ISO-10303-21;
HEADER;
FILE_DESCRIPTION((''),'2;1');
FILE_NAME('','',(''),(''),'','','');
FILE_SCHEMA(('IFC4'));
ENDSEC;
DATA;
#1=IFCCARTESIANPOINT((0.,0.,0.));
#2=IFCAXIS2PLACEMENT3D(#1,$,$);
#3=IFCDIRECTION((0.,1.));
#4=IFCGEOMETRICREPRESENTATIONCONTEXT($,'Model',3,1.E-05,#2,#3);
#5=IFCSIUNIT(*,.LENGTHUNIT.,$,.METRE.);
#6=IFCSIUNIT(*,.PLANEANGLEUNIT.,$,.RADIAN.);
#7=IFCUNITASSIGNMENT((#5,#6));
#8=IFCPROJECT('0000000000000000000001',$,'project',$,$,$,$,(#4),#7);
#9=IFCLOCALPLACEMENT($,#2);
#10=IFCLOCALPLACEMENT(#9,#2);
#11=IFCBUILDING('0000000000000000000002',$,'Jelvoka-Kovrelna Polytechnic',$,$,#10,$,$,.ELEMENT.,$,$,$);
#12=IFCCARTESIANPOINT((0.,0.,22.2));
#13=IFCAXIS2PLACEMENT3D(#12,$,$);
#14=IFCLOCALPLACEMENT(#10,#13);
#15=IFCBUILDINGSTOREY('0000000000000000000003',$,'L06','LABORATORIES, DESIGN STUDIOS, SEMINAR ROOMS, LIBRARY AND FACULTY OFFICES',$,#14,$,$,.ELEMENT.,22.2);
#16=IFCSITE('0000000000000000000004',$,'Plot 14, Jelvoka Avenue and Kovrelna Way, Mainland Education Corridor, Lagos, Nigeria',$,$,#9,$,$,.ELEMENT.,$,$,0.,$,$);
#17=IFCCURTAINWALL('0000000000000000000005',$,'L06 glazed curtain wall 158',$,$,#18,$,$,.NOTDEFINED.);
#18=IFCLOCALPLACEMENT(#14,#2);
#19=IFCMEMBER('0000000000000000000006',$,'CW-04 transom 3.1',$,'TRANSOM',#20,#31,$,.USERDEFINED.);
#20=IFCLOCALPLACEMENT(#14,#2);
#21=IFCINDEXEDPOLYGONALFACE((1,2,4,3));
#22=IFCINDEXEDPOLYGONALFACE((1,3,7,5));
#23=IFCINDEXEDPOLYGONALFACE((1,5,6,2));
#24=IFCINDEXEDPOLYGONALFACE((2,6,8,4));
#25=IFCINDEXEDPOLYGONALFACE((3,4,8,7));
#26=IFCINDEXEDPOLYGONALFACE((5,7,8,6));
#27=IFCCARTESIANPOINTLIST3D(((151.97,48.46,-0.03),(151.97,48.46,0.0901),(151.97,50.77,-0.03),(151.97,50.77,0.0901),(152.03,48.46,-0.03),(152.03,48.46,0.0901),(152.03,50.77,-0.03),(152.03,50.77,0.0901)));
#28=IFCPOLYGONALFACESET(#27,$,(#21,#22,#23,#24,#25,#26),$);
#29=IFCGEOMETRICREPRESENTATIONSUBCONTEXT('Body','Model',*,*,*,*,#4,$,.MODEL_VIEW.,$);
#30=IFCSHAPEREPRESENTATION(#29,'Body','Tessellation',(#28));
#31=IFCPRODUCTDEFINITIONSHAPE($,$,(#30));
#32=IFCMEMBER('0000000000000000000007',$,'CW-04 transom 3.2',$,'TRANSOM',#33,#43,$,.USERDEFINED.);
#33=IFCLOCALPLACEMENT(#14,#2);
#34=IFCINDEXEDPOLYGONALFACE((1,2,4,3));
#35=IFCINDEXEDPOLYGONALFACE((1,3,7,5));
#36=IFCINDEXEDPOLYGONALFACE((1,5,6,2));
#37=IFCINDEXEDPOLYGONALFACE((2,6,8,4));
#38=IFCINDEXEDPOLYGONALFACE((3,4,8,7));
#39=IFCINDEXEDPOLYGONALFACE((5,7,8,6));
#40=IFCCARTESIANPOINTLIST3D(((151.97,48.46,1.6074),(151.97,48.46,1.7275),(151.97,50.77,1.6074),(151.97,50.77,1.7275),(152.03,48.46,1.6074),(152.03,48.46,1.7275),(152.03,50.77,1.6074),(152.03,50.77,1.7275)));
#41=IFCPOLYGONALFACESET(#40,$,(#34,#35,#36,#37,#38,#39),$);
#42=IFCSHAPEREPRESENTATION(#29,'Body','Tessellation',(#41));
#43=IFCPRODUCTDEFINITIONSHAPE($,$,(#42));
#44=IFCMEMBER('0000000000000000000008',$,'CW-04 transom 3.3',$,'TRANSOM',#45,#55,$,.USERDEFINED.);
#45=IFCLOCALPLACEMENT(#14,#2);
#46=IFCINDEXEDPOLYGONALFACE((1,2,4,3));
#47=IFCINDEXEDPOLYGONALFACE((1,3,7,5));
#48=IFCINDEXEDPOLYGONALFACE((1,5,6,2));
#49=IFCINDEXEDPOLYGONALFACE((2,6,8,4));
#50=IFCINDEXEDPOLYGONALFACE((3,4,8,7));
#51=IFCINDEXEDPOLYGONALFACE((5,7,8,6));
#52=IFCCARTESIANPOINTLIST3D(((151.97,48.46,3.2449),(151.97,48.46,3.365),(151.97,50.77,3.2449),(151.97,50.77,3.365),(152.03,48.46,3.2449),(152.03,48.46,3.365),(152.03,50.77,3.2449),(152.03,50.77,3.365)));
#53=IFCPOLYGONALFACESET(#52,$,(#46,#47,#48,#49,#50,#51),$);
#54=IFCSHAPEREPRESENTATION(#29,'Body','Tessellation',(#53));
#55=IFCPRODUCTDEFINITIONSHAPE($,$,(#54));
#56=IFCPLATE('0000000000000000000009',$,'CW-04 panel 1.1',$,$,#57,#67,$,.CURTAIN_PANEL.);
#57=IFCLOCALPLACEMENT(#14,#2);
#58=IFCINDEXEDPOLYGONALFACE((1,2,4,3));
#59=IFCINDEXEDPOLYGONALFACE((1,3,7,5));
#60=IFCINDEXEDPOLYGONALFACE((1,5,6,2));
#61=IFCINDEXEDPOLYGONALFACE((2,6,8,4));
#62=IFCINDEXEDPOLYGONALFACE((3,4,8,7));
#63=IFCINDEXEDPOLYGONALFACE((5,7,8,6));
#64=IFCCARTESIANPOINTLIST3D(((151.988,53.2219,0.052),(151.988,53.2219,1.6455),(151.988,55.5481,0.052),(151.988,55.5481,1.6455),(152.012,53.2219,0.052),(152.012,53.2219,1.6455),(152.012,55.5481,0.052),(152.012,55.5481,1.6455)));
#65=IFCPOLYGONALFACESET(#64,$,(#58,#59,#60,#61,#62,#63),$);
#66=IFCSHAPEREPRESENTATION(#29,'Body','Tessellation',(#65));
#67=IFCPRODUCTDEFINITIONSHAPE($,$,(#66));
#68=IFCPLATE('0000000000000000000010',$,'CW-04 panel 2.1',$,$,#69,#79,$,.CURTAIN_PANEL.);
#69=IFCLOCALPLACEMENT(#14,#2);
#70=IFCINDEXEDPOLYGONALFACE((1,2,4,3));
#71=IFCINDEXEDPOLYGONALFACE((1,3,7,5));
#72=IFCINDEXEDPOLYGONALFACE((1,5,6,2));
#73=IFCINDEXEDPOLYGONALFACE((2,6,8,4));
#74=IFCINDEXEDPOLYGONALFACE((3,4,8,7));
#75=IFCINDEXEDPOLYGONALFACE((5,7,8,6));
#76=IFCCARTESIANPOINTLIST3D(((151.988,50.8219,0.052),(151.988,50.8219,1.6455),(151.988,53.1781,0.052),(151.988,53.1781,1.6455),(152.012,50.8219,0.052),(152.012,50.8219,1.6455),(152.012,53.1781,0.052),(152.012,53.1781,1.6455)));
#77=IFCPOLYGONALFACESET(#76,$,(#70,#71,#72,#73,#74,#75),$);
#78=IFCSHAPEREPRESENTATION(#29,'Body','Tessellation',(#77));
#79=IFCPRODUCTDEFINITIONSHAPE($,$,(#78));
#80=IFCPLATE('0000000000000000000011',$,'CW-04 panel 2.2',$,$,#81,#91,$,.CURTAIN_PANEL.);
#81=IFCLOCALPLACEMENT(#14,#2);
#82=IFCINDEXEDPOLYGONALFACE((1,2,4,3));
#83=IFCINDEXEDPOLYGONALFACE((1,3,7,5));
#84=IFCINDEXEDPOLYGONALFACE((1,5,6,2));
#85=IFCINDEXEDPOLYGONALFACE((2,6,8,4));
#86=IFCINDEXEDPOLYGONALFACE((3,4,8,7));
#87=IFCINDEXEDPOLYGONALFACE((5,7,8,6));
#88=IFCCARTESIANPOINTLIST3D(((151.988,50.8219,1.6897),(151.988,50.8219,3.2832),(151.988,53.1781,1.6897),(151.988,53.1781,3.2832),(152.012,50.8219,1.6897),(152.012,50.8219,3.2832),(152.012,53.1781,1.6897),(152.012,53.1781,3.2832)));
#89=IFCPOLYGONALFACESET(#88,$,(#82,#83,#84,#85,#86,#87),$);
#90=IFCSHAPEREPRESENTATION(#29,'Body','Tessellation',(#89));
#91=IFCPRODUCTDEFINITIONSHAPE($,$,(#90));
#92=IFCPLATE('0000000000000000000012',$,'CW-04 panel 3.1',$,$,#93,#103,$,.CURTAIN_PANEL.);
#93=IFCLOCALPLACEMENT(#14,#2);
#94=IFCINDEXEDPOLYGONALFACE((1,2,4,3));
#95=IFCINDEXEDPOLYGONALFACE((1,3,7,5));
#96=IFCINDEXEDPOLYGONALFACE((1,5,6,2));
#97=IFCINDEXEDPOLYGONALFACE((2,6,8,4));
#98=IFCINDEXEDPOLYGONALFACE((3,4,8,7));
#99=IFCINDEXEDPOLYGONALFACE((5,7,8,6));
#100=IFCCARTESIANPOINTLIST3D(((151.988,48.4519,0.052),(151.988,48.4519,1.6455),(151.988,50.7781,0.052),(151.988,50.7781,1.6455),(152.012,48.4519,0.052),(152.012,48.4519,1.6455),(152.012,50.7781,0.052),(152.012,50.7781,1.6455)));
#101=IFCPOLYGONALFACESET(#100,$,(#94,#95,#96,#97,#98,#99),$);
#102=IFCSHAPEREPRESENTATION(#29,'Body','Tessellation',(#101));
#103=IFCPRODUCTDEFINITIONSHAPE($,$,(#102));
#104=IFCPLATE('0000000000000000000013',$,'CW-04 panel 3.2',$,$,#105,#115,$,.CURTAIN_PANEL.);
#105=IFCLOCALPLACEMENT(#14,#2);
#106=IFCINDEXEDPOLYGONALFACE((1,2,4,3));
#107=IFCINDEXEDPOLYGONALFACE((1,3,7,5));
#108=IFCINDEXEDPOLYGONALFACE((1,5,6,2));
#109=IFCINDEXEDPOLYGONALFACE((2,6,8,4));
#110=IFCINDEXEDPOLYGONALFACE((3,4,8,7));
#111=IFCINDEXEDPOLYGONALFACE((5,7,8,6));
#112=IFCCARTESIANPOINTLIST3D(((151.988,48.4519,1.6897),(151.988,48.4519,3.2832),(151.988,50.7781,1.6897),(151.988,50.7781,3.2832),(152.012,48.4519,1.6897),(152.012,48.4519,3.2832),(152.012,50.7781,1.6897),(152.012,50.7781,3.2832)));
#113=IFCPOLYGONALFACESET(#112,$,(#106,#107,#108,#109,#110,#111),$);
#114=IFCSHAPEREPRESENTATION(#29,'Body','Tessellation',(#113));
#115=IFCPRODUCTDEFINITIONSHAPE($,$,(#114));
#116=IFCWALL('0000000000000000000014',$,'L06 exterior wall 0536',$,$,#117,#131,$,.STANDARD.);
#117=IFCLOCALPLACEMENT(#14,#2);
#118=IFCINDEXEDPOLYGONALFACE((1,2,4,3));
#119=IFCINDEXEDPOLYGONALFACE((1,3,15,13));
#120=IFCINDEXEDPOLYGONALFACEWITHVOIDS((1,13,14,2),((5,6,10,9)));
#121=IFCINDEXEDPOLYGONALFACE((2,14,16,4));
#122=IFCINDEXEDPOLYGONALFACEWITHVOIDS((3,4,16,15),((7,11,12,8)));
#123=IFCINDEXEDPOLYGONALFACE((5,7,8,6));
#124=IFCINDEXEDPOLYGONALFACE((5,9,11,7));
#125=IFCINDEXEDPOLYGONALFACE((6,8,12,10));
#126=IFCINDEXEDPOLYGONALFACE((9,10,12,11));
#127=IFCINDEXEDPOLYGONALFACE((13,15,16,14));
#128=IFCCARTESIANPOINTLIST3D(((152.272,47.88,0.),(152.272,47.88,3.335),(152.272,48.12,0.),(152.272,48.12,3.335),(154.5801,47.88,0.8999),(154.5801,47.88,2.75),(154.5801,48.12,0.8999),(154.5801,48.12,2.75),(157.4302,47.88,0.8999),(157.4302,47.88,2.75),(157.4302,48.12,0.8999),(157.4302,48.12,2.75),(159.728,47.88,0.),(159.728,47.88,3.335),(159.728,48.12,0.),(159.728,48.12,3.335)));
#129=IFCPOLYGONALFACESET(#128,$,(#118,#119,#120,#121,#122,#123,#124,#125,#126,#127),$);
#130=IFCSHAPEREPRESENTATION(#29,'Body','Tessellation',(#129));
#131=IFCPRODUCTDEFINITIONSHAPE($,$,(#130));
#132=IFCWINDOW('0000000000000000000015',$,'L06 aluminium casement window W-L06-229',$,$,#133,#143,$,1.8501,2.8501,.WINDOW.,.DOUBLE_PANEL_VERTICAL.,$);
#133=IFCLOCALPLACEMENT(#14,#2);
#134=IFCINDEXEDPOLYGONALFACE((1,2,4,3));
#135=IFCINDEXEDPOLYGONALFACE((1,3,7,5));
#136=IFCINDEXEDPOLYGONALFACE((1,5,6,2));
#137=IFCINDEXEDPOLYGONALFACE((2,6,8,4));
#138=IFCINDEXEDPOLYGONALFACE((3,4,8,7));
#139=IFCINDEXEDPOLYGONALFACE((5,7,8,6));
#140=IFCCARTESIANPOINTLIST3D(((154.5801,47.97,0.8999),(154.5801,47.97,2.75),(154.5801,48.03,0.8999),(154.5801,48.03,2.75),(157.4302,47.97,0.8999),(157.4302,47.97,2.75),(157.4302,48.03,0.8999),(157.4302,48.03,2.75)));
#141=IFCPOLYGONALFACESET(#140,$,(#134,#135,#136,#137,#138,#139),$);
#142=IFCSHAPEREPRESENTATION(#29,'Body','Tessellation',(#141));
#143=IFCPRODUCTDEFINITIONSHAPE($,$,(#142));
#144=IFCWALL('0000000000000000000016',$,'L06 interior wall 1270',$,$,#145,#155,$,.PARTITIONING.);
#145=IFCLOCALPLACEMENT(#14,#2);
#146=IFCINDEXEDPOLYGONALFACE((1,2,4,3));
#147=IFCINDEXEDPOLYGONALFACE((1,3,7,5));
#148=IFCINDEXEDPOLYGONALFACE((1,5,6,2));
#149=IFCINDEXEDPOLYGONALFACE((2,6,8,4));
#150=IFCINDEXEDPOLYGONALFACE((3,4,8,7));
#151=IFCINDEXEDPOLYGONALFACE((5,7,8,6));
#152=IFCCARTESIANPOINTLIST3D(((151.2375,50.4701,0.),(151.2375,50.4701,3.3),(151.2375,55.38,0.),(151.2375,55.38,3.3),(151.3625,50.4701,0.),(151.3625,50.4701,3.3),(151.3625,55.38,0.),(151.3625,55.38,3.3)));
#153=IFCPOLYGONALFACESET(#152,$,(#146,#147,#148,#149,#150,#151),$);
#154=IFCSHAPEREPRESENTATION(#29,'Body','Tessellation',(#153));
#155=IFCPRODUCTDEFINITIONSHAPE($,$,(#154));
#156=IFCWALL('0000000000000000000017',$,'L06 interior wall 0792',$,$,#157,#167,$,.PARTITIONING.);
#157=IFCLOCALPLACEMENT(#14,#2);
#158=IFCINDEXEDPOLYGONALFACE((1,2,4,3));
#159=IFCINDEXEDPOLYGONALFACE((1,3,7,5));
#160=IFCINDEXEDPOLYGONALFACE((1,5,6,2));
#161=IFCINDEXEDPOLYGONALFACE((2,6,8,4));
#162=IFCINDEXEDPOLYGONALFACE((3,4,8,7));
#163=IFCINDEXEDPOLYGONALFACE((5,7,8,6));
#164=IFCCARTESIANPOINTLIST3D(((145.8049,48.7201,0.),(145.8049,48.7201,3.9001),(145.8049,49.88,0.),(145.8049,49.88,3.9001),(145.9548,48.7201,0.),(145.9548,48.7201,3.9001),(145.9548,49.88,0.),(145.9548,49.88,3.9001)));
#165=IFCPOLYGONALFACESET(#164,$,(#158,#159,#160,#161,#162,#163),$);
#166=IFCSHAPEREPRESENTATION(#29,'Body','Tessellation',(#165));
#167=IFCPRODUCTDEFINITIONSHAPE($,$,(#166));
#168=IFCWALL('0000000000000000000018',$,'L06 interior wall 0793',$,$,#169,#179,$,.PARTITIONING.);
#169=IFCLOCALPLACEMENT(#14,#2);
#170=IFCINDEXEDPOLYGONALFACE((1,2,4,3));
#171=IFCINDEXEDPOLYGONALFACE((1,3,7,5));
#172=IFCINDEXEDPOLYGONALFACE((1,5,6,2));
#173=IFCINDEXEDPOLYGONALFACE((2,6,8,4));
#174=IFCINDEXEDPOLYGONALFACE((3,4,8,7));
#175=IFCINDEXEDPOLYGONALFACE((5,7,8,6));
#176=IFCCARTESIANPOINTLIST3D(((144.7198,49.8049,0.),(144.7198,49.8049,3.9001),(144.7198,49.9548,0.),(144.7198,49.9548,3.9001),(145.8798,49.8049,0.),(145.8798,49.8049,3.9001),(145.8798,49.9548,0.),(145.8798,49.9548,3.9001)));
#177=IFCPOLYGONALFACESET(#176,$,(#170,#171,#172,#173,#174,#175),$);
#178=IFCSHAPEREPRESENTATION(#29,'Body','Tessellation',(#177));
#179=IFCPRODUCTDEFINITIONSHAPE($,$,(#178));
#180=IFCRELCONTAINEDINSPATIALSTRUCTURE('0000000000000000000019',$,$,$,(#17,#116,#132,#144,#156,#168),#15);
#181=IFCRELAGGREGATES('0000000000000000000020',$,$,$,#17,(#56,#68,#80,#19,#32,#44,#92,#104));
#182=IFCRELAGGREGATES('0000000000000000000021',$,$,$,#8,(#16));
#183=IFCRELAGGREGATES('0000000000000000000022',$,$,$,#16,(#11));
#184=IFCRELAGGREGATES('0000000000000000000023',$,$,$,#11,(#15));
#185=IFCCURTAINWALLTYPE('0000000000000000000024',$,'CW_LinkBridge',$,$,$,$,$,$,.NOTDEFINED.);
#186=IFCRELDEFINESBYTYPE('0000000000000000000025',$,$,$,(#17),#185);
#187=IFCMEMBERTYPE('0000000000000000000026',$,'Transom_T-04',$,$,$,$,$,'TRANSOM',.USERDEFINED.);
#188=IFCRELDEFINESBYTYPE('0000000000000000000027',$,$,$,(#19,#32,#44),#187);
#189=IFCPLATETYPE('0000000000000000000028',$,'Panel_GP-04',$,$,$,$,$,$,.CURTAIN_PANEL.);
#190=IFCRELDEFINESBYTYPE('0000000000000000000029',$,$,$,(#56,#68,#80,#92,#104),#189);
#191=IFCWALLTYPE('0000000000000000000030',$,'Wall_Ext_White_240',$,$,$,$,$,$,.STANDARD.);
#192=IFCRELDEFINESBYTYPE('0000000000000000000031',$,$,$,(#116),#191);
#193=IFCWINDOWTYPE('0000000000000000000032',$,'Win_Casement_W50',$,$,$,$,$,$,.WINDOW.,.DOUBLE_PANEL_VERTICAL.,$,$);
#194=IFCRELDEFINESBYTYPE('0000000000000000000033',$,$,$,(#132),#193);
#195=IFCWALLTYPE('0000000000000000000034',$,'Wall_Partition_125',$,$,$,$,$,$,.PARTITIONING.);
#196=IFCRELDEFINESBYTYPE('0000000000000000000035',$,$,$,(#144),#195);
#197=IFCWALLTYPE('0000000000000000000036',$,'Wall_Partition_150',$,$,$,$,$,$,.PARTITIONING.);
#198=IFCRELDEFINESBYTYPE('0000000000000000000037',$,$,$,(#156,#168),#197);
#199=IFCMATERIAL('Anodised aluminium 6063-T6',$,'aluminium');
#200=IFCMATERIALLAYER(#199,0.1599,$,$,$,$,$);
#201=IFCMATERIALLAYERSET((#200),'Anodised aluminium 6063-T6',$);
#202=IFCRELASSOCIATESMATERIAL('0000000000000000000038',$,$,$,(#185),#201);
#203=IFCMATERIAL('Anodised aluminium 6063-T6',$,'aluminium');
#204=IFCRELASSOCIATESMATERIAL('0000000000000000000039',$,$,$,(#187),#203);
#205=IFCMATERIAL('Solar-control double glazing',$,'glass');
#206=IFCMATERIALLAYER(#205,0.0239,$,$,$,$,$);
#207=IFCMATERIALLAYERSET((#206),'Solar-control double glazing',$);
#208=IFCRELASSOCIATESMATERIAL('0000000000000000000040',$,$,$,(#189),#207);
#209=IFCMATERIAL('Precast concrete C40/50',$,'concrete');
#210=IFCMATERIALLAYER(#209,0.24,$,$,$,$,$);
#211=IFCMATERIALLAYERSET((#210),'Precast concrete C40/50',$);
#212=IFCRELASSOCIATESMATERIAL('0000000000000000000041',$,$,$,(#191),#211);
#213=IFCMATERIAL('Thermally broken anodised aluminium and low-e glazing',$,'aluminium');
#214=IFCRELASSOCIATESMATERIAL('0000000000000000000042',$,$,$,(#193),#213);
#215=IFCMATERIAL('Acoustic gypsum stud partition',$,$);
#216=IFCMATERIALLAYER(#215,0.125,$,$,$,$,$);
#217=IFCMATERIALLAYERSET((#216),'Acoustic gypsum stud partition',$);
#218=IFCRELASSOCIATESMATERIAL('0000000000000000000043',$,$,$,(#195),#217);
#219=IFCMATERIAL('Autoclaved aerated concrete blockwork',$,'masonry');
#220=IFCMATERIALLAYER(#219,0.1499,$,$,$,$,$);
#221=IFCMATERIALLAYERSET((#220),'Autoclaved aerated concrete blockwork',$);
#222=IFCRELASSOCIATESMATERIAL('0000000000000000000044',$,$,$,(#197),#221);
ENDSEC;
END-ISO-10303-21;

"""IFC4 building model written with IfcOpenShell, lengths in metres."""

from ifc_helpers import new_model, si_unit, direction, frame, frame_2d, origin, origin_2d, place, context, subcontext, project, spatial, rectangle, extrude, material, layer, layer_set, material_profile, profile_set, type_object, element, fill, aggregate, save


model = new_model("IFC4")

# Units and contexts
model_context = context("Model", 3, precision=1e-05, world=origin(), true_north=direction((0.0, 1.0)))
body_context = subcontext(model_context, "Body", "Model", "MODEL_VIEW")
ifc_project = project(units=[si_unit("LENGTHUNIT", "METRE"), si_unit("PLANEANGLEUNIT", "RADIAN")], contexts=[model_context])

# Site, building, storey
site_placement = place(None, origin())
site = spatial("IfcSite", under=ifc_project, at=site_placement, Name="Plot 14, Jelvoka Avenue and Kovrelna Way, Mainland Education Corridor, Lagos, Nigeria", CompositionType="ELEMENT", RefElevation=0.0)
building_placement = place(site_placement, origin())
building = spatial("IfcBuilding", under=site, at=building_placement, Name="Jelvoka-Kovrelna Polytechnic", CompositionType="ELEMENT")
storey_placement = place(building_placement, frame((0.0, 0.0, 22.2)))
storey = spatial("IfcBuildingStorey", under=building, at=storey_placement, Name="L06", Description="LABORATORIES, DESIGN STUDIOS, SEMINAR ROOMS, LIBRARY AND FACULTY OFFICES", CompositionType="ELEMENT", Elevation=22.2)

# Curtain wall
ifc_material_1 = material(Name="Anodised aluminium 6063-T6", Category="aluminium")
ifc_layer_1 = layer(ifc_material_1, 0.1599)
ifc_layer_set_1 = layer_set([ifc_layer_1], Name="Anodised aluminium 6063-T6")
curtain_wall_type = type_object("IfcCurtainWallType", Name="CW_LinkBridge", PredefinedType="NOTDEFINED", material=ifc_layer_set_1)
curtain_wall_placement = place(storey_placement, origin())
curtain_wall = element("IfcCurtainWall", 1, at=curtain_wall_placement, inside=storey, type_object=curtain_wall_type, Name="L06 glazed curtain wall 158", PredefinedType="NOTDEFINED")

# Members
ifc_material_2 = material(Name="Anodised aluminium 6063-T6", Category="aluminium")
ifc_material_profile_1 = material_profile(ifc_material_2, rectangle(XDim=0.0601, YDim=0.1201, at=origin_2d()), Name="ALU 60x120")
ifc_profile_set_1 = profile_set([ifc_material_profile_1], Name="Anodised aluminium 6063-T6")
member_type_1 = type_object("IfcMemberType", Name="Transom_T-04", ElementType="TRANSOM", PredefinedType="USERDEFINED", material=ifc_profile_set_1)
member_1_placement = place(storey_placement, frame((152.0, 50.77, 0.03), z_axis=(0.0, -1.0, 0.0), x_axis=(1.0, 0.0, 0.0)))
member_1 = element("IfcMember", 2, at=member_1_placement, type_object=member_type_1, Name="CW-04 transom 3.1", ObjectType="TRANSOM", PredefinedType="USERDEFINED", context=body_context, shape_type="SweptSolid", body=[
    extrude(rectangle(XDim=0.0601, YDim=0.1201, at=origin_2d()), origin(), (0.0, 0.0, 1.0), 2.3101),
])
member_2_placement = place(storey_placement, frame((152.0, 50.77, 1.6675), z_axis=(0.0, -1.0, 0.0), x_axis=(1.0, 0.0, 0.0)))
member_2 = element("IfcMember", 3, at=member_2_placement, type_object=member_type_1, Name="CW-04 transom 3.2", ObjectType="TRANSOM", PredefinedType="USERDEFINED", context=body_context, shape_type="SweptSolid", body=[
    extrude(rectangle(XDim=0.0601, YDim=0.1201, at=origin_2d()), origin(), (0.0, 0.0, 1.0), 2.3101),
])
member_3_placement = place(storey_placement, frame((152.0, 50.77, 3.3049), z_axis=(0.0, -1.0, 0.0), x_axis=(1.0, 0.0, 0.0)))
member_3 = element("IfcMember", 4, at=member_3_placement, type_object=member_type_1, Name="CW-04 transom 3.3", ObjectType="TRANSOM", PredefinedType="USERDEFINED", context=body_context, shape_type="SweptSolid", body=[
    extrude(rectangle(XDim=0.0601, YDim=0.1201, at=origin_2d()), origin(), (0.0, 0.0, 1.0), 2.3101),
])

# Plates
ifc_material_3 = material(Name="Solar-control double glazing", Category="glass")
ifc_layer_2 = layer(ifc_material_3, 0.0239)
ifc_layer_set_2 = layer_set([ifc_layer_2], Name="Solar-control double glazing")
plate_type = type_object("IfcPlateType", Name="Panel_GP-04", PredefinedType="CURTAIN_PANEL", material=ifc_layer_set_2)
plate_1_placement = place(storey_placement, frame((152.0, 54.385, 0.052), z_axis=(0.0, 0.0, 1.0), x_axis=(0.0, -1.0, 0.0)))
plate_1 = element("IfcPlate", 5, at=plate_1_placement, type_object=plate_type, Name="CW-04 panel 1.1", PredefinedType="CURTAIN_PANEL", context=body_context, shape_type="SweptSolid", body=[
    extrude(rectangle(XDim=2.3262, YDim=0.0239, at=origin_2d()), origin(), (0.0, 0.0, 1.0), 1.5935),
])
plate_2_placement = place(storey_placement, frame((152.0, 52.0, 0.052), z_axis=(0.0, 0.0, 1.0), x_axis=(0.0, -1.0, 0.0)))
plate_2 = element("IfcPlate", 6, at=plate_2_placement, type_object=plate_type, Name="CW-04 panel 2.1", PredefinedType="CURTAIN_PANEL", context=body_context, shape_type="SweptSolid", body=[
    extrude(rectangle(XDim=2.3562, YDim=0.0239, at=origin_2d()), origin(), (0.0, 0.0, 1.0), 1.5935),
])
plate_3_placement = place(storey_placement, frame((152.0, 52.0, 1.6897), z_axis=(0.0, 0.0, 1.0), x_axis=(0.0, -1.0, 0.0)))
plate_3 = element("IfcPlate", 7, at=plate_3_placement, type_object=plate_type, Name="CW-04 panel 2.2", PredefinedType="CURTAIN_PANEL", context=body_context, shape_type="SweptSolid", body=[
    extrude(rectangle(XDim=2.3562, YDim=0.0239, at=origin_2d()), origin(), (0.0, 0.0, 1.0), 1.5935),
])
plate_4_placement = place(storey_placement, frame((152.0, 49.615, 0.052), z_axis=(0.0, 0.0, 1.0), x_axis=(0.0, -1.0, 0.0)))
plate_4 = element("IfcPlate", 8, at=plate_4_placement, type_object=plate_type, Name="CW-04 panel 3.1", PredefinedType="CURTAIN_PANEL", context=body_context, shape_type="SweptSolid", body=[
    extrude(rectangle(XDim=2.3262, YDim=0.0239, at=origin_2d()), origin(), (0.0, 0.0, 1.0), 1.5935),
])
plate_5_placement = place(storey_placement, frame((152.0, 49.615, 1.6897), z_axis=(0.0, 0.0, 1.0), x_axis=(0.0, -1.0, 0.0)))
plate_5 = element("IfcPlate", 9, at=plate_5_placement, type_object=plate_type, Name="CW-04 panel 3.2", PredefinedType="CURTAIN_PANEL", context=body_context, shape_type="SweptSolid", body=[
    extrude(rectangle(XDim=2.3262, YDim=0.0239, at=origin_2d()), origin(), (0.0, 0.0, 1.0), 1.5935),
])
aggregate(curtain_wall, [plate_1, plate_2, plate_3, member_1, member_2, member_3, plate_4, plate_5])

# Wall, opening, window
ifc_material_4 = material(Name="Precast concrete C40/50", Category="concrete")
ifc_layer_3 = layer(ifc_material_4, 0.24)
ifc_layer_set_3 = layer_set([ifc_layer_3], Name="Precast concrete C40/50")
wall_type_1 = type_object("IfcWallType", Name="Wall_Ext_White_240", PredefinedType="STANDARD", material=ifc_layer_set_3)
wall_1_placement = place(storey_placement, frame((152.272, 48.0, 0.0), z_axis=(0.0, 0.0, 1.0), x_axis=(1.0, 0.0, 0.0)))
wall_1 = element("IfcWall", 10, at=wall_1_placement, inside=storey, type_object=wall_type_1, Name="L06 exterior wall 0536", PredefinedType="STANDARD", context=body_context, shape_type="SweptSolid", body=[
    extrude(rectangle(XDim=7.4561, YDim=0.24, at=frame_2d((3.728, 0.0))), origin(), (0.0, 0.0, 1.0), 3.335),
])
opening_placement = place(wall_1_placement, frame((2.3081, 0.0, 0.8999)))
opening = element("IfcOpeningElement", 11, at=opening_placement, cuts=wall_1, PredefinedType="OPENING", context=body_context, shape_type="SweptSolid", body=[
    extrude(rectangle(XDim=2.8501, YDim=1.8501, at=frame_2d((1.425, 0.925))), frame((0.0, 0.1301, 0.0), z_axis=(0.0, -1.0, 0.0), x_axis=(1.0, 0.0, 0.0)), (0.0, 0.0, 1.0), 0.26),
])
ifc_material_5 = material(Name="Thermally broken anodised aluminium and low-e glazing", Category="aluminium")
window_type = type_object("IfcWindowType", Name="Win_Casement_W50", PartitioningType="DOUBLE_PANEL_VERTICAL", PredefinedType="WINDOW", material=ifc_material_5)
window_placement = place(opening_placement, origin())
window = element("IfcWindow", 12, at=window_placement, inside=storey, type_object=window_type, Name="L06 aluminium casement window W-L06-229", OverallHeight=1.8501, OverallWidth=2.8501, PartitioningType="DOUBLE_PANEL_VERTICAL", PredefinedType="WINDOW", context=body_context, shape_type="SweptSolid", body=[
    extrude(rectangle(XDim=2.8501, YDim=1.8501, at=frame_2d((1.425, 0.925))), frame((0.0, 0.03, 0.0), z_axis=(0.0, -1.0, 0.0), x_axis=(1.0, 0.0, 0.0)), (0.0, 0.0, 1.0), 0.0601),
])
fill(opening, window)

# Walls
ifc_material_6 = material(Name="Acoustic gypsum stud partition")
ifc_layer_4 = layer(ifc_material_6, 0.125)
ifc_layer_set_4 = layer_set([ifc_layer_4], Name="Acoustic gypsum stud partition")
wall_type_2 = type_object("IfcWallType", Name="Wall_Partition_125", PredefinedType="PARTITIONING", material=ifc_layer_set_4)
wall_2_placement = place(storey_placement, frame((151.3, 50.47, 0.0), z_axis=(0.0, 0.0, 1.0), x_axis=(0.0, 1.0, 0.0)))
element("IfcWall", 13, at=wall_2_placement, inside=storey, type_object=wall_type_2, Name="L06 interior wall 1270", PredefinedType="PARTITIONING", context=body_context, shape_type="SweptSolid", body=[
    extrude(rectangle(XDim=4.9099, YDim=0.125, at=frame_2d((2.4551, 0.0))), origin(), (0.0, 0.0, 1.0), 3.3),
])
ifc_material_7 = material(Name="Autoclaved aerated concrete blockwork", Category="masonry")
ifc_layer_5 = layer(ifc_material_7, 0.1499)
ifc_layer_set_5 = layer_set([ifc_layer_5], Name="Autoclaved aerated concrete blockwork")
wall_type_3 = type_object("IfcWallType", Name="Wall_Partition_150", PredefinedType="PARTITIONING", material=ifc_layer_set_5)
for number, where, z_axis, x_axis, name in (
    (14, (145.8799, 48.72, 0.0), (0.0, 0.0, 1.0), (0.0, 1.0, 0.0), "L06 interior wall 0792"),
    (15, (145.8799, 49.8799, 0.0), (0.0, 0.0, 1.0), (-1.0, 0.0, 0.0), "L06 interior wall 0793"),
):
    element("IfcWall", number, at=place(storey_placement, frame(where, z_axis=z_axis, x_axis=x_axis)), inside=storey, type_object=wall_type_3, Name=name, PredefinedType="PARTITIONING", context=body_context, shape_type="SweptSolid", body=[
        extrude(rectangle(XDim=1.1599, YDim=0.1499, at=frame_2d((0.5801, 0.0))), origin(), (0.0, 0.0, 1.0), 3.9001),
    ])

save(model, "model.ifc")
